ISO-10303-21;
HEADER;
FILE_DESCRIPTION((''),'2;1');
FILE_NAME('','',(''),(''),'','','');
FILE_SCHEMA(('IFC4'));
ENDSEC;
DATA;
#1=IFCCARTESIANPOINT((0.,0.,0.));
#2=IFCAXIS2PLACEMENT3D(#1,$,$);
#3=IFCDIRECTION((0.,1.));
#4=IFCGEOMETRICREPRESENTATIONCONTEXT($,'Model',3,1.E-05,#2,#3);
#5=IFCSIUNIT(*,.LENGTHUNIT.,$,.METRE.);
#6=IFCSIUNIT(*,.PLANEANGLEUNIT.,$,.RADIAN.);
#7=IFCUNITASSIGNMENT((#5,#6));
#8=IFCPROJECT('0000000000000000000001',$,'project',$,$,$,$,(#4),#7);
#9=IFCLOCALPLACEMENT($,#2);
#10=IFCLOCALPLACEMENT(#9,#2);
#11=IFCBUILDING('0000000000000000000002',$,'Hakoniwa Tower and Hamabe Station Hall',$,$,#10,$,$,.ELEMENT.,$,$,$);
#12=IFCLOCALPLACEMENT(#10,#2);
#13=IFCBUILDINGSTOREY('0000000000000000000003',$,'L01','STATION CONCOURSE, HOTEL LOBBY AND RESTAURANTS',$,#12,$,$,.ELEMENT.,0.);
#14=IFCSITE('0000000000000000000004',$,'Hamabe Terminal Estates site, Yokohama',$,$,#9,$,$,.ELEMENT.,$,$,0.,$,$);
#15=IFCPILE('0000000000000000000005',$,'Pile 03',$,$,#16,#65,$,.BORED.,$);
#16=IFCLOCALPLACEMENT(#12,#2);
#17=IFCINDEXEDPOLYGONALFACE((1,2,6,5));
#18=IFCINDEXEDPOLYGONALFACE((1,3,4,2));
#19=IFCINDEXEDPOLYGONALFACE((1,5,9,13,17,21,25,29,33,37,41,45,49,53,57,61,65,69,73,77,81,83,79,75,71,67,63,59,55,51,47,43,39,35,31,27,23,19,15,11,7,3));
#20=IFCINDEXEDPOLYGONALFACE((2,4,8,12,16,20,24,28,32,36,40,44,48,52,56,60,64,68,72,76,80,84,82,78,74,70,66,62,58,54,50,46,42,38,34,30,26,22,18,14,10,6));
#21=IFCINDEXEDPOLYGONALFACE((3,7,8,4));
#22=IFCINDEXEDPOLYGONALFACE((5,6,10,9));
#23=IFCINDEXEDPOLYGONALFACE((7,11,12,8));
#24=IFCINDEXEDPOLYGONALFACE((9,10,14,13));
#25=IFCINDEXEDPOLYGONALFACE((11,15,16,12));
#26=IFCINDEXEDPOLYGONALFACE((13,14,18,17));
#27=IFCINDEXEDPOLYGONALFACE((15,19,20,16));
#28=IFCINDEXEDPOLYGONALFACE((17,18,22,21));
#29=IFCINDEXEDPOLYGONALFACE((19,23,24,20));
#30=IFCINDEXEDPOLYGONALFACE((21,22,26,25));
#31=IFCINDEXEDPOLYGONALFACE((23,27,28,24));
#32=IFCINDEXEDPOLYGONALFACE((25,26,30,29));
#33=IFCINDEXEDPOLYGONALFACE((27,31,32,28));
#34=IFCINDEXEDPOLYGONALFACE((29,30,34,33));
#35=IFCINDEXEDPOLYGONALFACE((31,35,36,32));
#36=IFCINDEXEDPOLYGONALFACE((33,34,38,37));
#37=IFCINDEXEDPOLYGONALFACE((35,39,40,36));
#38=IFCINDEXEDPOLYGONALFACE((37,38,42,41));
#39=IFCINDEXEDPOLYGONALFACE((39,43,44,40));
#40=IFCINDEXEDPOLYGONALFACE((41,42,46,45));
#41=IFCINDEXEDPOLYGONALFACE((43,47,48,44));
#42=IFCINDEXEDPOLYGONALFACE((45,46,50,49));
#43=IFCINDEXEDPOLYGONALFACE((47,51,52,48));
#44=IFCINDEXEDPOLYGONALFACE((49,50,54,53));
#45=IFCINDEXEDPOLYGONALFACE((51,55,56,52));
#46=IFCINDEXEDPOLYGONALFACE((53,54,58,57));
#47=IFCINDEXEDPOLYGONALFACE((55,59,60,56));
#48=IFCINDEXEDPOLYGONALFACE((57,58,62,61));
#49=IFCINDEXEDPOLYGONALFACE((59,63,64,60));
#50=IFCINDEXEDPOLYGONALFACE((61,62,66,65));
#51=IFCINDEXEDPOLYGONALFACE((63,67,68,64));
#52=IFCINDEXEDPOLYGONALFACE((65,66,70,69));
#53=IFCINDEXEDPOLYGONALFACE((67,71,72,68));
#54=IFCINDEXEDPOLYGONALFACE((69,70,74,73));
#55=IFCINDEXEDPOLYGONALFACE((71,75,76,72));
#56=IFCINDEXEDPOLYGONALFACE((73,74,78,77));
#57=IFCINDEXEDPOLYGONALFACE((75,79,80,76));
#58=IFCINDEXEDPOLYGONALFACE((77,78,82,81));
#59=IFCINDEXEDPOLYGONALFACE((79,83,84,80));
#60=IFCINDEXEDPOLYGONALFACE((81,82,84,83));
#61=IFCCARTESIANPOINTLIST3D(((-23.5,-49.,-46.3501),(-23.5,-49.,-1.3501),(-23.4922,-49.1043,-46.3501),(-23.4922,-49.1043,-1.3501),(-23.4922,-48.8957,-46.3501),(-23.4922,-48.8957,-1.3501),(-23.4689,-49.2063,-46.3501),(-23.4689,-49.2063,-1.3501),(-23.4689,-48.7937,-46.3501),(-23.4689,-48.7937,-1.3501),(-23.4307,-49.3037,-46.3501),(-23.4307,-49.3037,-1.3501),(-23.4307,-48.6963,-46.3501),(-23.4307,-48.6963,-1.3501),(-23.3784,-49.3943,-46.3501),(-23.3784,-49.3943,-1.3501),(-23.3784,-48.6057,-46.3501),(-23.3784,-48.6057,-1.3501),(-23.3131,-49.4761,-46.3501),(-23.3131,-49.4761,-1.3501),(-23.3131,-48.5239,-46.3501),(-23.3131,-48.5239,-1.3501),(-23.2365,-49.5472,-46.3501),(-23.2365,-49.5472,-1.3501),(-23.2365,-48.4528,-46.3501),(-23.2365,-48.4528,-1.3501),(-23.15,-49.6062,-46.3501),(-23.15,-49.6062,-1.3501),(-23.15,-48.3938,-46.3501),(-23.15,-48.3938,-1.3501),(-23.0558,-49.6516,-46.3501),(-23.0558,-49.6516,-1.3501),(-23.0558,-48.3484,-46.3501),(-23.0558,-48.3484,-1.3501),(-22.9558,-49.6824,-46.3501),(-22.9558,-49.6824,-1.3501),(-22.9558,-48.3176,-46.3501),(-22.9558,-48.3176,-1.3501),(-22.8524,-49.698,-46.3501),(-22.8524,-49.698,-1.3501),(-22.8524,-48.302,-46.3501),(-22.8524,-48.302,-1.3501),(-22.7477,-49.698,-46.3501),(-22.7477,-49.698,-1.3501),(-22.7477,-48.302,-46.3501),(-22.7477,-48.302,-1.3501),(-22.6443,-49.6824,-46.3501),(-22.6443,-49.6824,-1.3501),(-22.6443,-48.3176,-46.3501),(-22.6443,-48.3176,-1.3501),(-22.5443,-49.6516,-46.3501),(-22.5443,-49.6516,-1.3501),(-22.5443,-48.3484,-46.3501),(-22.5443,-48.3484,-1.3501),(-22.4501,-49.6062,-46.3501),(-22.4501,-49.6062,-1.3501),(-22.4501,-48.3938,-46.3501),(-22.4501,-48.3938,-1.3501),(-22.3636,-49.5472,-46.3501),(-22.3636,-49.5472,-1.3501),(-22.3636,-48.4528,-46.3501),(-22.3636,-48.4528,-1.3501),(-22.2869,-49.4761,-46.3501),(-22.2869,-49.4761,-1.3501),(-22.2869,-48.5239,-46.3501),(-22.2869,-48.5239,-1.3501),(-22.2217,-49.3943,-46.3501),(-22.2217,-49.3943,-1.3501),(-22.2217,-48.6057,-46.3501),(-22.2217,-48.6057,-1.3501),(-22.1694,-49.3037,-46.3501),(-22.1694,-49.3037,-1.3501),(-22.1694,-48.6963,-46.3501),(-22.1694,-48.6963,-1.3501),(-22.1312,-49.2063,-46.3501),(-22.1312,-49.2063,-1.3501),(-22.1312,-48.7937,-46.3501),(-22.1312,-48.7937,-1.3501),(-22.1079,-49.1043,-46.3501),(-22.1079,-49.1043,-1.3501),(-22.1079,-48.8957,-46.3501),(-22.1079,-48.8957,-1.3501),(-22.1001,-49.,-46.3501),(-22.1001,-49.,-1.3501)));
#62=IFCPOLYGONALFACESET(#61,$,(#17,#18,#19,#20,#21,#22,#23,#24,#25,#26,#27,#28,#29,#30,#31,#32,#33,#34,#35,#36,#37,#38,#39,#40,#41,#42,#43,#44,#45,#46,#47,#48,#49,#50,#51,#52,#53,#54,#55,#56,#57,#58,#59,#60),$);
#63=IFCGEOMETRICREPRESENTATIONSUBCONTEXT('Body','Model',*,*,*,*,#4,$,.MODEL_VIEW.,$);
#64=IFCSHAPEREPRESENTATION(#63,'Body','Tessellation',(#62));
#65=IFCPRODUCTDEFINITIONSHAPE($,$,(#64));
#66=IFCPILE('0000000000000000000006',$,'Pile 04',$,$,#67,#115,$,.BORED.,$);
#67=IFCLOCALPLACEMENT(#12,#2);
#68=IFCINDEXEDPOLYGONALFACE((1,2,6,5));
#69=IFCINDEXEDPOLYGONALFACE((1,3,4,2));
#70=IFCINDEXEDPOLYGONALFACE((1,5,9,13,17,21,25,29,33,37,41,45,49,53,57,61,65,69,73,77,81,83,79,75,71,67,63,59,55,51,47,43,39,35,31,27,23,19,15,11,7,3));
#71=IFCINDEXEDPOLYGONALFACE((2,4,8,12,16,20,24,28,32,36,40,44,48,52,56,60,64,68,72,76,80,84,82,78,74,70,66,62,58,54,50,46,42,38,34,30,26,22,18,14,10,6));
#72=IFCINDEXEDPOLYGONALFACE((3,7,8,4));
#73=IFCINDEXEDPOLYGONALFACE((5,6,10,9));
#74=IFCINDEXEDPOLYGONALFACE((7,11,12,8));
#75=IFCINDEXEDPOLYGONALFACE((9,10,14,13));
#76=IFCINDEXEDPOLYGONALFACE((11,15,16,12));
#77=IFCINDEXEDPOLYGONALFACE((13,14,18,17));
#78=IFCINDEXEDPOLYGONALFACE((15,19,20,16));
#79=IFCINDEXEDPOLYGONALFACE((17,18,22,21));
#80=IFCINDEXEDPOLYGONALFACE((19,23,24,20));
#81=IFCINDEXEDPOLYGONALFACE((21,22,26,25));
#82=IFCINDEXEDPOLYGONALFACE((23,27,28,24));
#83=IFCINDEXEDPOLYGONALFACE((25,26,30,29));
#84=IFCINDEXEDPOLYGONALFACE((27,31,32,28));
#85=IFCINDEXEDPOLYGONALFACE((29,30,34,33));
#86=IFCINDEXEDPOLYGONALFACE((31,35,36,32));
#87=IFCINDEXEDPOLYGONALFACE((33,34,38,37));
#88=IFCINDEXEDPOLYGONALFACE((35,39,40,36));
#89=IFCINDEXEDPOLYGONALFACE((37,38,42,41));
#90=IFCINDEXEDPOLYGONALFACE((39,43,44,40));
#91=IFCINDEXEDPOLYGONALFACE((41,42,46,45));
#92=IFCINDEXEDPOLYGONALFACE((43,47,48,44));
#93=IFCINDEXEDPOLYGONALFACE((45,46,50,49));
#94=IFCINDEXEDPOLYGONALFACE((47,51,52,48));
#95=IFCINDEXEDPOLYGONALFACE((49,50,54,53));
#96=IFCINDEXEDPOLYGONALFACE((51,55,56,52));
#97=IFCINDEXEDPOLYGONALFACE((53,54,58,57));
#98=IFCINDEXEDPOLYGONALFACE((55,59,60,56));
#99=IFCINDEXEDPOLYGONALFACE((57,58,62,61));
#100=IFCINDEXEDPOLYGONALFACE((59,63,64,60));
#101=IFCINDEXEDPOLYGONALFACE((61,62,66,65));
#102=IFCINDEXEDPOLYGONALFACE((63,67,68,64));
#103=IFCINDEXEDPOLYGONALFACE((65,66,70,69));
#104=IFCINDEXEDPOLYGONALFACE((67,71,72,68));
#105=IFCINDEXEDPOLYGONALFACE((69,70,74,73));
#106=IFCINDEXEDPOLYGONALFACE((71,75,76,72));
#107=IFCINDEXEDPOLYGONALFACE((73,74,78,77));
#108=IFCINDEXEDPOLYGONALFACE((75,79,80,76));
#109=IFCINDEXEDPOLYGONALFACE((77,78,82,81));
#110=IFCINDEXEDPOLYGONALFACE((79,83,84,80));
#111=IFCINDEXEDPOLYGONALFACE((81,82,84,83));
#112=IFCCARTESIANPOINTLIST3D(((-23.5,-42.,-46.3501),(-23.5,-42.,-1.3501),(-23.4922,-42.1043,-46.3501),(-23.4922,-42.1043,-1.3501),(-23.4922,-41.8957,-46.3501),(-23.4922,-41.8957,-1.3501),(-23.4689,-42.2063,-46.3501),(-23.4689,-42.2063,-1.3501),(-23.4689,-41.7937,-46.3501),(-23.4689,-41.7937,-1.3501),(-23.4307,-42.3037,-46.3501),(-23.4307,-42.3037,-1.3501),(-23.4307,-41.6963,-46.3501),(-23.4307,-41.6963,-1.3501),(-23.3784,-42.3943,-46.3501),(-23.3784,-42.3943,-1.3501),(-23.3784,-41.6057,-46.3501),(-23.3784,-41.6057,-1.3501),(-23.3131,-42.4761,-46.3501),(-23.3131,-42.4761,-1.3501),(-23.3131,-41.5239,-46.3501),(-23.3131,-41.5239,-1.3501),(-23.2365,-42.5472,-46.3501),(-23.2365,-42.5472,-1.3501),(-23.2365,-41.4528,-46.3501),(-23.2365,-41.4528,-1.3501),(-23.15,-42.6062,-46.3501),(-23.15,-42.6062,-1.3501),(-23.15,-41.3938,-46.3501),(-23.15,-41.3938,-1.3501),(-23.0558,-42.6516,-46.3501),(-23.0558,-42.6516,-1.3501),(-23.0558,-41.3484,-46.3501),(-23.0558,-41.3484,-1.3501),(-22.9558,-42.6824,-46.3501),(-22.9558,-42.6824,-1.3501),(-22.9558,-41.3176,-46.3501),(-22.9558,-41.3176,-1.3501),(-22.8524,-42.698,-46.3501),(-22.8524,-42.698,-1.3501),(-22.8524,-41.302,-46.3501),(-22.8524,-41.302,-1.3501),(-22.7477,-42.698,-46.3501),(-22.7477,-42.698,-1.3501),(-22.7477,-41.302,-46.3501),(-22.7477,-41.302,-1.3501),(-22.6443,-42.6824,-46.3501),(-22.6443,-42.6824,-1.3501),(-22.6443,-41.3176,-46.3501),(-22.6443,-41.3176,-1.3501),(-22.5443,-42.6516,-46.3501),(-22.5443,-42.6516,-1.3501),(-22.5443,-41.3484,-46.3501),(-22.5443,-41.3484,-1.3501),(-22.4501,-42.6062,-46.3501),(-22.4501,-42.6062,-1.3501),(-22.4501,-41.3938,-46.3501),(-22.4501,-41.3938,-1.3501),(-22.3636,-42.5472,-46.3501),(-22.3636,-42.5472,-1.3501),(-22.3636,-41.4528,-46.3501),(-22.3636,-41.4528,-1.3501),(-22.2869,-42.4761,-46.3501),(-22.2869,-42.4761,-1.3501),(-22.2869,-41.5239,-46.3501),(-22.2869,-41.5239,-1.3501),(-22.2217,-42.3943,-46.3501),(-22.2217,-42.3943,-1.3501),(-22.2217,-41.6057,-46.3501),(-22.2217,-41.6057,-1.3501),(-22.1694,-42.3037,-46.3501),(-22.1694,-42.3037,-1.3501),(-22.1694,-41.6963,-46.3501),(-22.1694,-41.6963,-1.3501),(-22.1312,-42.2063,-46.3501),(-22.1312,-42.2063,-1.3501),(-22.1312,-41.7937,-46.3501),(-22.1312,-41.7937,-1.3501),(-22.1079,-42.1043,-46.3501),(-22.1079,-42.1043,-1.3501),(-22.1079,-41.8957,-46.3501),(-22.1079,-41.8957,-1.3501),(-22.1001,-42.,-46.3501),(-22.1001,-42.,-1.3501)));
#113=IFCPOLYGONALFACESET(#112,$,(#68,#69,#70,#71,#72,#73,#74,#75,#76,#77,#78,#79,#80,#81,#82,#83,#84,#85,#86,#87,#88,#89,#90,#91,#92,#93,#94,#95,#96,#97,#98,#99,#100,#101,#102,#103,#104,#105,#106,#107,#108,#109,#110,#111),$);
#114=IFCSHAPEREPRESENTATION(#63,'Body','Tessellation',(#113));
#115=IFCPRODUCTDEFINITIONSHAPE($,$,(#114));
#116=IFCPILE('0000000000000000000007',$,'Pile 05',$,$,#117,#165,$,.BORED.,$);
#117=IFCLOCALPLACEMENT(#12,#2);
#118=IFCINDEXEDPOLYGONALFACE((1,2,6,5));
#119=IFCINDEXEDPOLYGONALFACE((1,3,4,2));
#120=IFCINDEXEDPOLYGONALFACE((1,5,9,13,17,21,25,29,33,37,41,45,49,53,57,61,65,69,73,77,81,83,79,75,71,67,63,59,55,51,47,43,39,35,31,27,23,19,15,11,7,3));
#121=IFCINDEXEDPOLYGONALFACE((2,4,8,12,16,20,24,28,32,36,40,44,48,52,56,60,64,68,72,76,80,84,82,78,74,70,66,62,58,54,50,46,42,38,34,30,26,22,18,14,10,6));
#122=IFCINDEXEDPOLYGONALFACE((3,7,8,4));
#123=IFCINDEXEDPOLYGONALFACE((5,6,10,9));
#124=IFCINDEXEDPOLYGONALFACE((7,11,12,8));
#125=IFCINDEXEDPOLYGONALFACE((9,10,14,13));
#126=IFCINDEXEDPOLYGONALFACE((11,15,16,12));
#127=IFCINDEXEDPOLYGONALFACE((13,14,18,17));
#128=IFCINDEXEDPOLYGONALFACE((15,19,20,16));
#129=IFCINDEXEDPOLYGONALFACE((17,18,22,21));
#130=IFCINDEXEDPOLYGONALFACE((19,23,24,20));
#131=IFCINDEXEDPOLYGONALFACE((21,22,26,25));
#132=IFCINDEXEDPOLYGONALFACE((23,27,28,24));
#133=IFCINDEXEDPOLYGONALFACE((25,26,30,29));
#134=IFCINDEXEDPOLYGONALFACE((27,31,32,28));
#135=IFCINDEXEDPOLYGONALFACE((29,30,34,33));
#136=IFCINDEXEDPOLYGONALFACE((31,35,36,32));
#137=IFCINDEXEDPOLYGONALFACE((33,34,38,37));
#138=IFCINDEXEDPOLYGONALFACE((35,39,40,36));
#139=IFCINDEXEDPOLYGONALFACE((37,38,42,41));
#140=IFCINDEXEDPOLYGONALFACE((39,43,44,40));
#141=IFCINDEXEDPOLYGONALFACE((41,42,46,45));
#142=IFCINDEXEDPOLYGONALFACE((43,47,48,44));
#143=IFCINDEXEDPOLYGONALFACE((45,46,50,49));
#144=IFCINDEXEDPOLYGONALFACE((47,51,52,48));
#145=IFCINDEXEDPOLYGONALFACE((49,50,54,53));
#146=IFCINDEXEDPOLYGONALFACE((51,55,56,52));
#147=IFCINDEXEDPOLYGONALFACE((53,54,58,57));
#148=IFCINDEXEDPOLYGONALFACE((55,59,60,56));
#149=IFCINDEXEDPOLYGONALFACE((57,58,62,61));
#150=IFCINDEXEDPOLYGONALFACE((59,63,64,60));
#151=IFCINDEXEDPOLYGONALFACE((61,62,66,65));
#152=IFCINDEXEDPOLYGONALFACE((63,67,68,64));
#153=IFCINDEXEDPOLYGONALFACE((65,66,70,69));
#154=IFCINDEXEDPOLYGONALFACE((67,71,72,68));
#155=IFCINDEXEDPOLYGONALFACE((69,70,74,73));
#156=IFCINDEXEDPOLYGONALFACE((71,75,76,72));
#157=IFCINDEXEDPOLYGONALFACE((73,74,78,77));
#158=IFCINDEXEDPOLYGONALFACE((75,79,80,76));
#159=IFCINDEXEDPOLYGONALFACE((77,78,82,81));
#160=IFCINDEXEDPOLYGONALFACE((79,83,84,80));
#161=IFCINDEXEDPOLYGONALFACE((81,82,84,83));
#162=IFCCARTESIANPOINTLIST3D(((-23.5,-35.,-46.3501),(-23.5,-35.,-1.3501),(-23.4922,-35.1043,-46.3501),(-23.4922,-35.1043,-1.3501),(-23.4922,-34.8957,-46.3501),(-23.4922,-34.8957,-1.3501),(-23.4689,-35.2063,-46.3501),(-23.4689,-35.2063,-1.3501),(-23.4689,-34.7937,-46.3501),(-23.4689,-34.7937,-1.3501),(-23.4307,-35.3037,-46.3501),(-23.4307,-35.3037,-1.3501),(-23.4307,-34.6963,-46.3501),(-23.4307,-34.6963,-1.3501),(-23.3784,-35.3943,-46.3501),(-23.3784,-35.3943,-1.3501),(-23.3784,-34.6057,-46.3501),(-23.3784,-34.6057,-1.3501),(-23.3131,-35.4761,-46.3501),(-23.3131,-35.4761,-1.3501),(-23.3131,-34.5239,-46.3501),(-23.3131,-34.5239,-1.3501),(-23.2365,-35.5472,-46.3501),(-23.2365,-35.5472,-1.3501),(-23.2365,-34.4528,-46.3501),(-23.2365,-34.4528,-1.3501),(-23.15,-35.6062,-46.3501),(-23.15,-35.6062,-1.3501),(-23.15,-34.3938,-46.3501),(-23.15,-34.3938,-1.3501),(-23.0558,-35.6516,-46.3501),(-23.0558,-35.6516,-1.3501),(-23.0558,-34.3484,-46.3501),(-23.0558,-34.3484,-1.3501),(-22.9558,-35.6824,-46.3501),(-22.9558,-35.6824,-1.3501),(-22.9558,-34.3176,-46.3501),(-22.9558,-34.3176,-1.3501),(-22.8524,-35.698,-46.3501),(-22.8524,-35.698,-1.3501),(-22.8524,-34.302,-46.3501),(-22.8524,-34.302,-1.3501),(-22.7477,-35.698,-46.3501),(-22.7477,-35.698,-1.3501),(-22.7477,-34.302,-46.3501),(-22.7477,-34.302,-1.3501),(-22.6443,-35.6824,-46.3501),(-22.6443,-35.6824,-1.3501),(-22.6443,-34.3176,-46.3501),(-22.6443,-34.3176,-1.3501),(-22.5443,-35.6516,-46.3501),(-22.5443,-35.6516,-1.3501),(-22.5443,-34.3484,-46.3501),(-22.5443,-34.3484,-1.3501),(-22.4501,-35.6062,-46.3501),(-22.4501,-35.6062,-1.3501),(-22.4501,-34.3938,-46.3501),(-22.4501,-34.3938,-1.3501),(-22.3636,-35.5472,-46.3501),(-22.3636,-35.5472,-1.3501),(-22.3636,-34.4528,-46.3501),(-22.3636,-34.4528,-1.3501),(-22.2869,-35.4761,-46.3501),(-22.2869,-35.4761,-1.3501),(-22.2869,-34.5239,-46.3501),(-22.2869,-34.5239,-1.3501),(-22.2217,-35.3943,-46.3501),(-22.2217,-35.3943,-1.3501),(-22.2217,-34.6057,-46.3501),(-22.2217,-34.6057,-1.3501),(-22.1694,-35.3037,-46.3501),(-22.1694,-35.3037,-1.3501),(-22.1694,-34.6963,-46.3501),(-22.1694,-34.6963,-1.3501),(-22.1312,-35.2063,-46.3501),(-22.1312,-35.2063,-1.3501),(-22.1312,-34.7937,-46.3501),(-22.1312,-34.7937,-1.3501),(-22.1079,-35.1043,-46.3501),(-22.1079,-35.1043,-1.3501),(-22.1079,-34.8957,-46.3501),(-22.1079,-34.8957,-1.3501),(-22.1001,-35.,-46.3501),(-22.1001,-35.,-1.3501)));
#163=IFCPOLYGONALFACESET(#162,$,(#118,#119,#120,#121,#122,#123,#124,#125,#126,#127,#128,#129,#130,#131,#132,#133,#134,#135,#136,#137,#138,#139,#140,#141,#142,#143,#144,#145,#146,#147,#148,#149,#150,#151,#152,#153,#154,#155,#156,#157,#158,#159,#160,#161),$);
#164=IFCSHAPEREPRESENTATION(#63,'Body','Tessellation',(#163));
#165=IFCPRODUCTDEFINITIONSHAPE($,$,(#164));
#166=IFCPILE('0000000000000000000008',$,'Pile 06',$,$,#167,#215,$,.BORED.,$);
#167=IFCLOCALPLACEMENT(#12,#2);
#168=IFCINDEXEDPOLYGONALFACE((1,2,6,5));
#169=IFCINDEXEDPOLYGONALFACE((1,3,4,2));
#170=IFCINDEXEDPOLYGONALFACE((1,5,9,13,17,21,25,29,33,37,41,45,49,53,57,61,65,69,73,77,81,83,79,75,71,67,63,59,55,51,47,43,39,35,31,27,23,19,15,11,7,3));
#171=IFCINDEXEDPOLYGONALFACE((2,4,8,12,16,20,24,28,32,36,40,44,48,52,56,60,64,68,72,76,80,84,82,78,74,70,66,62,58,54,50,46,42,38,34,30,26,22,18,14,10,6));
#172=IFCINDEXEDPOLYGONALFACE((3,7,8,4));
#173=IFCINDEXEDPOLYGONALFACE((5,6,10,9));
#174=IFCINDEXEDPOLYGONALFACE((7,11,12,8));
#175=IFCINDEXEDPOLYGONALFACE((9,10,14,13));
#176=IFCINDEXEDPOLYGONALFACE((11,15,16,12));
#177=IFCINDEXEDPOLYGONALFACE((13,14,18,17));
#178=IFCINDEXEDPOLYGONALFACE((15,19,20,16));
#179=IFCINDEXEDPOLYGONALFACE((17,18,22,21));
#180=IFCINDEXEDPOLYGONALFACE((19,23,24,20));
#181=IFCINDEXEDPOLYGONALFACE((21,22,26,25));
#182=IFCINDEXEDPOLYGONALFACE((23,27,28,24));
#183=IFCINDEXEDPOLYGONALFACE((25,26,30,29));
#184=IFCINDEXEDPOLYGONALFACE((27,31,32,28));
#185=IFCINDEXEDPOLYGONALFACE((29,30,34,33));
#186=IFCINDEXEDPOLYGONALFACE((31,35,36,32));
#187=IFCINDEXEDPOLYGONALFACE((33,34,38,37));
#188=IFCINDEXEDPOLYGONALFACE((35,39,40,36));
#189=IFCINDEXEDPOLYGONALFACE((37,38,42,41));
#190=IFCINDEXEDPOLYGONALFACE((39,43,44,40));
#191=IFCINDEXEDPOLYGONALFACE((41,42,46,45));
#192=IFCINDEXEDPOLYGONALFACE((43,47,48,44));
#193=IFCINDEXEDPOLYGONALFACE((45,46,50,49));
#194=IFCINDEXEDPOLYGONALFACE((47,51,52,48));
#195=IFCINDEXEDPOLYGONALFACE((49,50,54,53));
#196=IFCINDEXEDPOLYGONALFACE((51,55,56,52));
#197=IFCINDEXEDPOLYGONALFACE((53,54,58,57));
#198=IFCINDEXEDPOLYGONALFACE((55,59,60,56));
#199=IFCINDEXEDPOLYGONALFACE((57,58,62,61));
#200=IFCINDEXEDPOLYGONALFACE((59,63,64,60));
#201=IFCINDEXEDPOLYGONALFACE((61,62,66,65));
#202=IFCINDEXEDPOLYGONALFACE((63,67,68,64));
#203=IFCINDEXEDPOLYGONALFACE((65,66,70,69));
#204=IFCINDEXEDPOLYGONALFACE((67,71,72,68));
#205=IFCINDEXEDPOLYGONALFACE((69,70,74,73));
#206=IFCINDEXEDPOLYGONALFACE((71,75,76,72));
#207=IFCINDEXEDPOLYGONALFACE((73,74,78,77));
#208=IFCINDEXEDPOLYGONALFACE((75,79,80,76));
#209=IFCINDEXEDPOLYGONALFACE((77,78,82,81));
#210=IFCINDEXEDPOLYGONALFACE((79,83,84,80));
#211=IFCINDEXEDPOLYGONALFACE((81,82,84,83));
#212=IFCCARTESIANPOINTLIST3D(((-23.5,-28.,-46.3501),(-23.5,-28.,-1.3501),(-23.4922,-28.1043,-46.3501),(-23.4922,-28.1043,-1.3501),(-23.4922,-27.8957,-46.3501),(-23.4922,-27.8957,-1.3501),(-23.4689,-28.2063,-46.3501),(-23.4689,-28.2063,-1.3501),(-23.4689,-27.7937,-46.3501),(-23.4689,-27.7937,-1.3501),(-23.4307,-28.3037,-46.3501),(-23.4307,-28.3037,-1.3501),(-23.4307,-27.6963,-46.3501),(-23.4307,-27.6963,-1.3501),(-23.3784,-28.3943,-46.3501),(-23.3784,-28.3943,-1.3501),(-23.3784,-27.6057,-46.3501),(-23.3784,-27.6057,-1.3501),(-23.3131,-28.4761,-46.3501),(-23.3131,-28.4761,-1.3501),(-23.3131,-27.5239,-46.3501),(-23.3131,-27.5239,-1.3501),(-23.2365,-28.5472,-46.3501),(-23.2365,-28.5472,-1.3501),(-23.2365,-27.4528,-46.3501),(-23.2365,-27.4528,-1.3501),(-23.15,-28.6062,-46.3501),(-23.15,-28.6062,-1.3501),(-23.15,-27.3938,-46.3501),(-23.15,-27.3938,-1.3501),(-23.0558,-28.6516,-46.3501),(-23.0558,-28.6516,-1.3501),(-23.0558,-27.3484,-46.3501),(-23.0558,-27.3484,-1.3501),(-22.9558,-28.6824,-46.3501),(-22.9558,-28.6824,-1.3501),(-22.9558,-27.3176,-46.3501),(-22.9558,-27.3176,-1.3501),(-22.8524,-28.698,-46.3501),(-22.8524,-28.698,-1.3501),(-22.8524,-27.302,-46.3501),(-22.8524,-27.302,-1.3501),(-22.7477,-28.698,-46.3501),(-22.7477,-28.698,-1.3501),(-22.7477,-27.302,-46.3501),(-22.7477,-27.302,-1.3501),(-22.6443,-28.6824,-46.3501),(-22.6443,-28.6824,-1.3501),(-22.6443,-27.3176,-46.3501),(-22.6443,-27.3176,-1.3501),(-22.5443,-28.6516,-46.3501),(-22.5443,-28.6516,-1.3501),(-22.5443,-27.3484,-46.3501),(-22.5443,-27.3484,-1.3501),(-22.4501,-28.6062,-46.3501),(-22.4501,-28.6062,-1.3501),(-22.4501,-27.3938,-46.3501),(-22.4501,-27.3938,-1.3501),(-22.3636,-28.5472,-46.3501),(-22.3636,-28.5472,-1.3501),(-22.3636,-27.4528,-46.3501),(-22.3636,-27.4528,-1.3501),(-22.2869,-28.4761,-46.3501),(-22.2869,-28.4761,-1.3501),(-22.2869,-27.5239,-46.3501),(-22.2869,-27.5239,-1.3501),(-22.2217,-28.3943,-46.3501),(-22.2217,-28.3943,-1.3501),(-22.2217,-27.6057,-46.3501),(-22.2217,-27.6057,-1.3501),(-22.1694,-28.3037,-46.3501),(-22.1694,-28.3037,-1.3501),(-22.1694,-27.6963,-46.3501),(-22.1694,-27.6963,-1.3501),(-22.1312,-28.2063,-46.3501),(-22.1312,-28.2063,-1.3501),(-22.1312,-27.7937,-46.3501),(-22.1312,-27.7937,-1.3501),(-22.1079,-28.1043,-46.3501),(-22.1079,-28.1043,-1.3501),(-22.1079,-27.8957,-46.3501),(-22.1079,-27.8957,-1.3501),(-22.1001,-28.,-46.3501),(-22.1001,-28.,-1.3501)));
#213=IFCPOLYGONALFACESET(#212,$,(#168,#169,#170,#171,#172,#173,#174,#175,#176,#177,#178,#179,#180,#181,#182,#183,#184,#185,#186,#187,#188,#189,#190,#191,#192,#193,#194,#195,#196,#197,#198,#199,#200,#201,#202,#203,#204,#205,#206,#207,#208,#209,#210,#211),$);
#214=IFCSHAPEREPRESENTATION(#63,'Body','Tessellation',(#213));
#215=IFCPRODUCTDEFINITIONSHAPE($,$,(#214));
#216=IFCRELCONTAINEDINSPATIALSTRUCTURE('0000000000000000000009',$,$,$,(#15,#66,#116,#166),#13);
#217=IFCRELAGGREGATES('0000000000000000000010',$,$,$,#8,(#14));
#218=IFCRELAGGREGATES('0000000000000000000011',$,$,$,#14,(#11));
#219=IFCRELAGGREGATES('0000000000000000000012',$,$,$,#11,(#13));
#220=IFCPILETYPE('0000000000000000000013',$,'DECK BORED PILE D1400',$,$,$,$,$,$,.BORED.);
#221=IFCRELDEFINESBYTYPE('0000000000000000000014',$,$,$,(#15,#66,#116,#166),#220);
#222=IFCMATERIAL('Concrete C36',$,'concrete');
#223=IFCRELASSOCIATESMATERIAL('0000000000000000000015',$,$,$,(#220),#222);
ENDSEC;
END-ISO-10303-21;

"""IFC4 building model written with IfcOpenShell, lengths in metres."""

from ifc_helpers import new_model, si_unit, direction, frame, origin, origin_2d, place, context, subcontext, project, spatial, circle, extrude, material, material_profile, profile_set, type_object, element, save


model = new_model("IFC4")

# Units and contexts
model_context = context("Model", 3, precision=1e-05, world=origin(), true_north=direction((0.0, 1.0)))
body_context = subcontext(model_context, "Body", "Model", "MODEL_VIEW")
ifc_project = project(units=[si_unit("LENGTHUNIT", "METRE"), si_unit("PLANEANGLEUNIT", "RADIAN")], contexts=[model_context])

# Site, building, storey
site_placement = place(None, origin())
site = spatial("IfcSite", under=ifc_project, at=site_placement, Name="Hamabe Terminal Estates site, Yokohama", CompositionType="ELEMENT", RefElevation=0.0)
building_placement = place(site_placement, origin())
building = spatial("IfcBuilding", under=site, at=building_placement, Name="Hakoniwa Tower and Hamabe Station Hall", CompositionType="ELEMENT")
storey_placement = place(building_placement, origin())
storey = spatial("IfcBuildingStorey", under=building, at=storey_placement, Name="L01", Description="STATION CONCOURSE, HOTEL LOBBY AND RESTAURANTS", CompositionType="ELEMENT", Elevation=0.0)

# Piles
ifc_material_1 = material(Name="Concrete C36", Category="concrete")
ifc_material_profile_1 = material_profile(ifc_material_1, circle(Radius=0.7, at=origin_2d()), Name="DECK BORED PILE D1400")
ifc_profile_set_1 = profile_set([ifc_material_profile_1], Name="Concrete C36")
pile_type = type_object("IfcPileType", Name="DECK BORED PILE D1400", PredefinedType="BORED", material=ifc_profile_set_1)
for number, where, z_axis, x_axis, name in (
    (1, (-22.8, -49.0, -1.3501), (0.0, 0.0, -1.0), (1.0, 0.0, 0.0), "Pile 03"),
    (2, (-22.8, -42.0, -1.3501), (0.0, 0.0, -1.0), (1.0, 0.0, 0.0), "Pile 04"),
    (3, (-22.8, -35.0, -1.3501), (0.0, 0.0, -1.0), (1.0, 0.0, 0.0), "Pile 05"),
    (4, (-22.8, -28.0, -1.3501), (0.0, 0.0, -1.0), (1.0, 0.0, 0.0), "Pile 06"),
):
    element("IfcPile", number, at=place(storey_placement, frame(where, z_axis=z_axis, x_axis=x_axis)), inside=storey, type_object=pile_type, Name=name, PredefinedType="BORED", context=body_context, shape_type="SweptSolid", body=[
        extrude(circle(Radius=0.7, at=origin_2d()), origin(), (0.0, 0.0, 1.0), 45.0),
    ])

save(model, "model.ifc")
